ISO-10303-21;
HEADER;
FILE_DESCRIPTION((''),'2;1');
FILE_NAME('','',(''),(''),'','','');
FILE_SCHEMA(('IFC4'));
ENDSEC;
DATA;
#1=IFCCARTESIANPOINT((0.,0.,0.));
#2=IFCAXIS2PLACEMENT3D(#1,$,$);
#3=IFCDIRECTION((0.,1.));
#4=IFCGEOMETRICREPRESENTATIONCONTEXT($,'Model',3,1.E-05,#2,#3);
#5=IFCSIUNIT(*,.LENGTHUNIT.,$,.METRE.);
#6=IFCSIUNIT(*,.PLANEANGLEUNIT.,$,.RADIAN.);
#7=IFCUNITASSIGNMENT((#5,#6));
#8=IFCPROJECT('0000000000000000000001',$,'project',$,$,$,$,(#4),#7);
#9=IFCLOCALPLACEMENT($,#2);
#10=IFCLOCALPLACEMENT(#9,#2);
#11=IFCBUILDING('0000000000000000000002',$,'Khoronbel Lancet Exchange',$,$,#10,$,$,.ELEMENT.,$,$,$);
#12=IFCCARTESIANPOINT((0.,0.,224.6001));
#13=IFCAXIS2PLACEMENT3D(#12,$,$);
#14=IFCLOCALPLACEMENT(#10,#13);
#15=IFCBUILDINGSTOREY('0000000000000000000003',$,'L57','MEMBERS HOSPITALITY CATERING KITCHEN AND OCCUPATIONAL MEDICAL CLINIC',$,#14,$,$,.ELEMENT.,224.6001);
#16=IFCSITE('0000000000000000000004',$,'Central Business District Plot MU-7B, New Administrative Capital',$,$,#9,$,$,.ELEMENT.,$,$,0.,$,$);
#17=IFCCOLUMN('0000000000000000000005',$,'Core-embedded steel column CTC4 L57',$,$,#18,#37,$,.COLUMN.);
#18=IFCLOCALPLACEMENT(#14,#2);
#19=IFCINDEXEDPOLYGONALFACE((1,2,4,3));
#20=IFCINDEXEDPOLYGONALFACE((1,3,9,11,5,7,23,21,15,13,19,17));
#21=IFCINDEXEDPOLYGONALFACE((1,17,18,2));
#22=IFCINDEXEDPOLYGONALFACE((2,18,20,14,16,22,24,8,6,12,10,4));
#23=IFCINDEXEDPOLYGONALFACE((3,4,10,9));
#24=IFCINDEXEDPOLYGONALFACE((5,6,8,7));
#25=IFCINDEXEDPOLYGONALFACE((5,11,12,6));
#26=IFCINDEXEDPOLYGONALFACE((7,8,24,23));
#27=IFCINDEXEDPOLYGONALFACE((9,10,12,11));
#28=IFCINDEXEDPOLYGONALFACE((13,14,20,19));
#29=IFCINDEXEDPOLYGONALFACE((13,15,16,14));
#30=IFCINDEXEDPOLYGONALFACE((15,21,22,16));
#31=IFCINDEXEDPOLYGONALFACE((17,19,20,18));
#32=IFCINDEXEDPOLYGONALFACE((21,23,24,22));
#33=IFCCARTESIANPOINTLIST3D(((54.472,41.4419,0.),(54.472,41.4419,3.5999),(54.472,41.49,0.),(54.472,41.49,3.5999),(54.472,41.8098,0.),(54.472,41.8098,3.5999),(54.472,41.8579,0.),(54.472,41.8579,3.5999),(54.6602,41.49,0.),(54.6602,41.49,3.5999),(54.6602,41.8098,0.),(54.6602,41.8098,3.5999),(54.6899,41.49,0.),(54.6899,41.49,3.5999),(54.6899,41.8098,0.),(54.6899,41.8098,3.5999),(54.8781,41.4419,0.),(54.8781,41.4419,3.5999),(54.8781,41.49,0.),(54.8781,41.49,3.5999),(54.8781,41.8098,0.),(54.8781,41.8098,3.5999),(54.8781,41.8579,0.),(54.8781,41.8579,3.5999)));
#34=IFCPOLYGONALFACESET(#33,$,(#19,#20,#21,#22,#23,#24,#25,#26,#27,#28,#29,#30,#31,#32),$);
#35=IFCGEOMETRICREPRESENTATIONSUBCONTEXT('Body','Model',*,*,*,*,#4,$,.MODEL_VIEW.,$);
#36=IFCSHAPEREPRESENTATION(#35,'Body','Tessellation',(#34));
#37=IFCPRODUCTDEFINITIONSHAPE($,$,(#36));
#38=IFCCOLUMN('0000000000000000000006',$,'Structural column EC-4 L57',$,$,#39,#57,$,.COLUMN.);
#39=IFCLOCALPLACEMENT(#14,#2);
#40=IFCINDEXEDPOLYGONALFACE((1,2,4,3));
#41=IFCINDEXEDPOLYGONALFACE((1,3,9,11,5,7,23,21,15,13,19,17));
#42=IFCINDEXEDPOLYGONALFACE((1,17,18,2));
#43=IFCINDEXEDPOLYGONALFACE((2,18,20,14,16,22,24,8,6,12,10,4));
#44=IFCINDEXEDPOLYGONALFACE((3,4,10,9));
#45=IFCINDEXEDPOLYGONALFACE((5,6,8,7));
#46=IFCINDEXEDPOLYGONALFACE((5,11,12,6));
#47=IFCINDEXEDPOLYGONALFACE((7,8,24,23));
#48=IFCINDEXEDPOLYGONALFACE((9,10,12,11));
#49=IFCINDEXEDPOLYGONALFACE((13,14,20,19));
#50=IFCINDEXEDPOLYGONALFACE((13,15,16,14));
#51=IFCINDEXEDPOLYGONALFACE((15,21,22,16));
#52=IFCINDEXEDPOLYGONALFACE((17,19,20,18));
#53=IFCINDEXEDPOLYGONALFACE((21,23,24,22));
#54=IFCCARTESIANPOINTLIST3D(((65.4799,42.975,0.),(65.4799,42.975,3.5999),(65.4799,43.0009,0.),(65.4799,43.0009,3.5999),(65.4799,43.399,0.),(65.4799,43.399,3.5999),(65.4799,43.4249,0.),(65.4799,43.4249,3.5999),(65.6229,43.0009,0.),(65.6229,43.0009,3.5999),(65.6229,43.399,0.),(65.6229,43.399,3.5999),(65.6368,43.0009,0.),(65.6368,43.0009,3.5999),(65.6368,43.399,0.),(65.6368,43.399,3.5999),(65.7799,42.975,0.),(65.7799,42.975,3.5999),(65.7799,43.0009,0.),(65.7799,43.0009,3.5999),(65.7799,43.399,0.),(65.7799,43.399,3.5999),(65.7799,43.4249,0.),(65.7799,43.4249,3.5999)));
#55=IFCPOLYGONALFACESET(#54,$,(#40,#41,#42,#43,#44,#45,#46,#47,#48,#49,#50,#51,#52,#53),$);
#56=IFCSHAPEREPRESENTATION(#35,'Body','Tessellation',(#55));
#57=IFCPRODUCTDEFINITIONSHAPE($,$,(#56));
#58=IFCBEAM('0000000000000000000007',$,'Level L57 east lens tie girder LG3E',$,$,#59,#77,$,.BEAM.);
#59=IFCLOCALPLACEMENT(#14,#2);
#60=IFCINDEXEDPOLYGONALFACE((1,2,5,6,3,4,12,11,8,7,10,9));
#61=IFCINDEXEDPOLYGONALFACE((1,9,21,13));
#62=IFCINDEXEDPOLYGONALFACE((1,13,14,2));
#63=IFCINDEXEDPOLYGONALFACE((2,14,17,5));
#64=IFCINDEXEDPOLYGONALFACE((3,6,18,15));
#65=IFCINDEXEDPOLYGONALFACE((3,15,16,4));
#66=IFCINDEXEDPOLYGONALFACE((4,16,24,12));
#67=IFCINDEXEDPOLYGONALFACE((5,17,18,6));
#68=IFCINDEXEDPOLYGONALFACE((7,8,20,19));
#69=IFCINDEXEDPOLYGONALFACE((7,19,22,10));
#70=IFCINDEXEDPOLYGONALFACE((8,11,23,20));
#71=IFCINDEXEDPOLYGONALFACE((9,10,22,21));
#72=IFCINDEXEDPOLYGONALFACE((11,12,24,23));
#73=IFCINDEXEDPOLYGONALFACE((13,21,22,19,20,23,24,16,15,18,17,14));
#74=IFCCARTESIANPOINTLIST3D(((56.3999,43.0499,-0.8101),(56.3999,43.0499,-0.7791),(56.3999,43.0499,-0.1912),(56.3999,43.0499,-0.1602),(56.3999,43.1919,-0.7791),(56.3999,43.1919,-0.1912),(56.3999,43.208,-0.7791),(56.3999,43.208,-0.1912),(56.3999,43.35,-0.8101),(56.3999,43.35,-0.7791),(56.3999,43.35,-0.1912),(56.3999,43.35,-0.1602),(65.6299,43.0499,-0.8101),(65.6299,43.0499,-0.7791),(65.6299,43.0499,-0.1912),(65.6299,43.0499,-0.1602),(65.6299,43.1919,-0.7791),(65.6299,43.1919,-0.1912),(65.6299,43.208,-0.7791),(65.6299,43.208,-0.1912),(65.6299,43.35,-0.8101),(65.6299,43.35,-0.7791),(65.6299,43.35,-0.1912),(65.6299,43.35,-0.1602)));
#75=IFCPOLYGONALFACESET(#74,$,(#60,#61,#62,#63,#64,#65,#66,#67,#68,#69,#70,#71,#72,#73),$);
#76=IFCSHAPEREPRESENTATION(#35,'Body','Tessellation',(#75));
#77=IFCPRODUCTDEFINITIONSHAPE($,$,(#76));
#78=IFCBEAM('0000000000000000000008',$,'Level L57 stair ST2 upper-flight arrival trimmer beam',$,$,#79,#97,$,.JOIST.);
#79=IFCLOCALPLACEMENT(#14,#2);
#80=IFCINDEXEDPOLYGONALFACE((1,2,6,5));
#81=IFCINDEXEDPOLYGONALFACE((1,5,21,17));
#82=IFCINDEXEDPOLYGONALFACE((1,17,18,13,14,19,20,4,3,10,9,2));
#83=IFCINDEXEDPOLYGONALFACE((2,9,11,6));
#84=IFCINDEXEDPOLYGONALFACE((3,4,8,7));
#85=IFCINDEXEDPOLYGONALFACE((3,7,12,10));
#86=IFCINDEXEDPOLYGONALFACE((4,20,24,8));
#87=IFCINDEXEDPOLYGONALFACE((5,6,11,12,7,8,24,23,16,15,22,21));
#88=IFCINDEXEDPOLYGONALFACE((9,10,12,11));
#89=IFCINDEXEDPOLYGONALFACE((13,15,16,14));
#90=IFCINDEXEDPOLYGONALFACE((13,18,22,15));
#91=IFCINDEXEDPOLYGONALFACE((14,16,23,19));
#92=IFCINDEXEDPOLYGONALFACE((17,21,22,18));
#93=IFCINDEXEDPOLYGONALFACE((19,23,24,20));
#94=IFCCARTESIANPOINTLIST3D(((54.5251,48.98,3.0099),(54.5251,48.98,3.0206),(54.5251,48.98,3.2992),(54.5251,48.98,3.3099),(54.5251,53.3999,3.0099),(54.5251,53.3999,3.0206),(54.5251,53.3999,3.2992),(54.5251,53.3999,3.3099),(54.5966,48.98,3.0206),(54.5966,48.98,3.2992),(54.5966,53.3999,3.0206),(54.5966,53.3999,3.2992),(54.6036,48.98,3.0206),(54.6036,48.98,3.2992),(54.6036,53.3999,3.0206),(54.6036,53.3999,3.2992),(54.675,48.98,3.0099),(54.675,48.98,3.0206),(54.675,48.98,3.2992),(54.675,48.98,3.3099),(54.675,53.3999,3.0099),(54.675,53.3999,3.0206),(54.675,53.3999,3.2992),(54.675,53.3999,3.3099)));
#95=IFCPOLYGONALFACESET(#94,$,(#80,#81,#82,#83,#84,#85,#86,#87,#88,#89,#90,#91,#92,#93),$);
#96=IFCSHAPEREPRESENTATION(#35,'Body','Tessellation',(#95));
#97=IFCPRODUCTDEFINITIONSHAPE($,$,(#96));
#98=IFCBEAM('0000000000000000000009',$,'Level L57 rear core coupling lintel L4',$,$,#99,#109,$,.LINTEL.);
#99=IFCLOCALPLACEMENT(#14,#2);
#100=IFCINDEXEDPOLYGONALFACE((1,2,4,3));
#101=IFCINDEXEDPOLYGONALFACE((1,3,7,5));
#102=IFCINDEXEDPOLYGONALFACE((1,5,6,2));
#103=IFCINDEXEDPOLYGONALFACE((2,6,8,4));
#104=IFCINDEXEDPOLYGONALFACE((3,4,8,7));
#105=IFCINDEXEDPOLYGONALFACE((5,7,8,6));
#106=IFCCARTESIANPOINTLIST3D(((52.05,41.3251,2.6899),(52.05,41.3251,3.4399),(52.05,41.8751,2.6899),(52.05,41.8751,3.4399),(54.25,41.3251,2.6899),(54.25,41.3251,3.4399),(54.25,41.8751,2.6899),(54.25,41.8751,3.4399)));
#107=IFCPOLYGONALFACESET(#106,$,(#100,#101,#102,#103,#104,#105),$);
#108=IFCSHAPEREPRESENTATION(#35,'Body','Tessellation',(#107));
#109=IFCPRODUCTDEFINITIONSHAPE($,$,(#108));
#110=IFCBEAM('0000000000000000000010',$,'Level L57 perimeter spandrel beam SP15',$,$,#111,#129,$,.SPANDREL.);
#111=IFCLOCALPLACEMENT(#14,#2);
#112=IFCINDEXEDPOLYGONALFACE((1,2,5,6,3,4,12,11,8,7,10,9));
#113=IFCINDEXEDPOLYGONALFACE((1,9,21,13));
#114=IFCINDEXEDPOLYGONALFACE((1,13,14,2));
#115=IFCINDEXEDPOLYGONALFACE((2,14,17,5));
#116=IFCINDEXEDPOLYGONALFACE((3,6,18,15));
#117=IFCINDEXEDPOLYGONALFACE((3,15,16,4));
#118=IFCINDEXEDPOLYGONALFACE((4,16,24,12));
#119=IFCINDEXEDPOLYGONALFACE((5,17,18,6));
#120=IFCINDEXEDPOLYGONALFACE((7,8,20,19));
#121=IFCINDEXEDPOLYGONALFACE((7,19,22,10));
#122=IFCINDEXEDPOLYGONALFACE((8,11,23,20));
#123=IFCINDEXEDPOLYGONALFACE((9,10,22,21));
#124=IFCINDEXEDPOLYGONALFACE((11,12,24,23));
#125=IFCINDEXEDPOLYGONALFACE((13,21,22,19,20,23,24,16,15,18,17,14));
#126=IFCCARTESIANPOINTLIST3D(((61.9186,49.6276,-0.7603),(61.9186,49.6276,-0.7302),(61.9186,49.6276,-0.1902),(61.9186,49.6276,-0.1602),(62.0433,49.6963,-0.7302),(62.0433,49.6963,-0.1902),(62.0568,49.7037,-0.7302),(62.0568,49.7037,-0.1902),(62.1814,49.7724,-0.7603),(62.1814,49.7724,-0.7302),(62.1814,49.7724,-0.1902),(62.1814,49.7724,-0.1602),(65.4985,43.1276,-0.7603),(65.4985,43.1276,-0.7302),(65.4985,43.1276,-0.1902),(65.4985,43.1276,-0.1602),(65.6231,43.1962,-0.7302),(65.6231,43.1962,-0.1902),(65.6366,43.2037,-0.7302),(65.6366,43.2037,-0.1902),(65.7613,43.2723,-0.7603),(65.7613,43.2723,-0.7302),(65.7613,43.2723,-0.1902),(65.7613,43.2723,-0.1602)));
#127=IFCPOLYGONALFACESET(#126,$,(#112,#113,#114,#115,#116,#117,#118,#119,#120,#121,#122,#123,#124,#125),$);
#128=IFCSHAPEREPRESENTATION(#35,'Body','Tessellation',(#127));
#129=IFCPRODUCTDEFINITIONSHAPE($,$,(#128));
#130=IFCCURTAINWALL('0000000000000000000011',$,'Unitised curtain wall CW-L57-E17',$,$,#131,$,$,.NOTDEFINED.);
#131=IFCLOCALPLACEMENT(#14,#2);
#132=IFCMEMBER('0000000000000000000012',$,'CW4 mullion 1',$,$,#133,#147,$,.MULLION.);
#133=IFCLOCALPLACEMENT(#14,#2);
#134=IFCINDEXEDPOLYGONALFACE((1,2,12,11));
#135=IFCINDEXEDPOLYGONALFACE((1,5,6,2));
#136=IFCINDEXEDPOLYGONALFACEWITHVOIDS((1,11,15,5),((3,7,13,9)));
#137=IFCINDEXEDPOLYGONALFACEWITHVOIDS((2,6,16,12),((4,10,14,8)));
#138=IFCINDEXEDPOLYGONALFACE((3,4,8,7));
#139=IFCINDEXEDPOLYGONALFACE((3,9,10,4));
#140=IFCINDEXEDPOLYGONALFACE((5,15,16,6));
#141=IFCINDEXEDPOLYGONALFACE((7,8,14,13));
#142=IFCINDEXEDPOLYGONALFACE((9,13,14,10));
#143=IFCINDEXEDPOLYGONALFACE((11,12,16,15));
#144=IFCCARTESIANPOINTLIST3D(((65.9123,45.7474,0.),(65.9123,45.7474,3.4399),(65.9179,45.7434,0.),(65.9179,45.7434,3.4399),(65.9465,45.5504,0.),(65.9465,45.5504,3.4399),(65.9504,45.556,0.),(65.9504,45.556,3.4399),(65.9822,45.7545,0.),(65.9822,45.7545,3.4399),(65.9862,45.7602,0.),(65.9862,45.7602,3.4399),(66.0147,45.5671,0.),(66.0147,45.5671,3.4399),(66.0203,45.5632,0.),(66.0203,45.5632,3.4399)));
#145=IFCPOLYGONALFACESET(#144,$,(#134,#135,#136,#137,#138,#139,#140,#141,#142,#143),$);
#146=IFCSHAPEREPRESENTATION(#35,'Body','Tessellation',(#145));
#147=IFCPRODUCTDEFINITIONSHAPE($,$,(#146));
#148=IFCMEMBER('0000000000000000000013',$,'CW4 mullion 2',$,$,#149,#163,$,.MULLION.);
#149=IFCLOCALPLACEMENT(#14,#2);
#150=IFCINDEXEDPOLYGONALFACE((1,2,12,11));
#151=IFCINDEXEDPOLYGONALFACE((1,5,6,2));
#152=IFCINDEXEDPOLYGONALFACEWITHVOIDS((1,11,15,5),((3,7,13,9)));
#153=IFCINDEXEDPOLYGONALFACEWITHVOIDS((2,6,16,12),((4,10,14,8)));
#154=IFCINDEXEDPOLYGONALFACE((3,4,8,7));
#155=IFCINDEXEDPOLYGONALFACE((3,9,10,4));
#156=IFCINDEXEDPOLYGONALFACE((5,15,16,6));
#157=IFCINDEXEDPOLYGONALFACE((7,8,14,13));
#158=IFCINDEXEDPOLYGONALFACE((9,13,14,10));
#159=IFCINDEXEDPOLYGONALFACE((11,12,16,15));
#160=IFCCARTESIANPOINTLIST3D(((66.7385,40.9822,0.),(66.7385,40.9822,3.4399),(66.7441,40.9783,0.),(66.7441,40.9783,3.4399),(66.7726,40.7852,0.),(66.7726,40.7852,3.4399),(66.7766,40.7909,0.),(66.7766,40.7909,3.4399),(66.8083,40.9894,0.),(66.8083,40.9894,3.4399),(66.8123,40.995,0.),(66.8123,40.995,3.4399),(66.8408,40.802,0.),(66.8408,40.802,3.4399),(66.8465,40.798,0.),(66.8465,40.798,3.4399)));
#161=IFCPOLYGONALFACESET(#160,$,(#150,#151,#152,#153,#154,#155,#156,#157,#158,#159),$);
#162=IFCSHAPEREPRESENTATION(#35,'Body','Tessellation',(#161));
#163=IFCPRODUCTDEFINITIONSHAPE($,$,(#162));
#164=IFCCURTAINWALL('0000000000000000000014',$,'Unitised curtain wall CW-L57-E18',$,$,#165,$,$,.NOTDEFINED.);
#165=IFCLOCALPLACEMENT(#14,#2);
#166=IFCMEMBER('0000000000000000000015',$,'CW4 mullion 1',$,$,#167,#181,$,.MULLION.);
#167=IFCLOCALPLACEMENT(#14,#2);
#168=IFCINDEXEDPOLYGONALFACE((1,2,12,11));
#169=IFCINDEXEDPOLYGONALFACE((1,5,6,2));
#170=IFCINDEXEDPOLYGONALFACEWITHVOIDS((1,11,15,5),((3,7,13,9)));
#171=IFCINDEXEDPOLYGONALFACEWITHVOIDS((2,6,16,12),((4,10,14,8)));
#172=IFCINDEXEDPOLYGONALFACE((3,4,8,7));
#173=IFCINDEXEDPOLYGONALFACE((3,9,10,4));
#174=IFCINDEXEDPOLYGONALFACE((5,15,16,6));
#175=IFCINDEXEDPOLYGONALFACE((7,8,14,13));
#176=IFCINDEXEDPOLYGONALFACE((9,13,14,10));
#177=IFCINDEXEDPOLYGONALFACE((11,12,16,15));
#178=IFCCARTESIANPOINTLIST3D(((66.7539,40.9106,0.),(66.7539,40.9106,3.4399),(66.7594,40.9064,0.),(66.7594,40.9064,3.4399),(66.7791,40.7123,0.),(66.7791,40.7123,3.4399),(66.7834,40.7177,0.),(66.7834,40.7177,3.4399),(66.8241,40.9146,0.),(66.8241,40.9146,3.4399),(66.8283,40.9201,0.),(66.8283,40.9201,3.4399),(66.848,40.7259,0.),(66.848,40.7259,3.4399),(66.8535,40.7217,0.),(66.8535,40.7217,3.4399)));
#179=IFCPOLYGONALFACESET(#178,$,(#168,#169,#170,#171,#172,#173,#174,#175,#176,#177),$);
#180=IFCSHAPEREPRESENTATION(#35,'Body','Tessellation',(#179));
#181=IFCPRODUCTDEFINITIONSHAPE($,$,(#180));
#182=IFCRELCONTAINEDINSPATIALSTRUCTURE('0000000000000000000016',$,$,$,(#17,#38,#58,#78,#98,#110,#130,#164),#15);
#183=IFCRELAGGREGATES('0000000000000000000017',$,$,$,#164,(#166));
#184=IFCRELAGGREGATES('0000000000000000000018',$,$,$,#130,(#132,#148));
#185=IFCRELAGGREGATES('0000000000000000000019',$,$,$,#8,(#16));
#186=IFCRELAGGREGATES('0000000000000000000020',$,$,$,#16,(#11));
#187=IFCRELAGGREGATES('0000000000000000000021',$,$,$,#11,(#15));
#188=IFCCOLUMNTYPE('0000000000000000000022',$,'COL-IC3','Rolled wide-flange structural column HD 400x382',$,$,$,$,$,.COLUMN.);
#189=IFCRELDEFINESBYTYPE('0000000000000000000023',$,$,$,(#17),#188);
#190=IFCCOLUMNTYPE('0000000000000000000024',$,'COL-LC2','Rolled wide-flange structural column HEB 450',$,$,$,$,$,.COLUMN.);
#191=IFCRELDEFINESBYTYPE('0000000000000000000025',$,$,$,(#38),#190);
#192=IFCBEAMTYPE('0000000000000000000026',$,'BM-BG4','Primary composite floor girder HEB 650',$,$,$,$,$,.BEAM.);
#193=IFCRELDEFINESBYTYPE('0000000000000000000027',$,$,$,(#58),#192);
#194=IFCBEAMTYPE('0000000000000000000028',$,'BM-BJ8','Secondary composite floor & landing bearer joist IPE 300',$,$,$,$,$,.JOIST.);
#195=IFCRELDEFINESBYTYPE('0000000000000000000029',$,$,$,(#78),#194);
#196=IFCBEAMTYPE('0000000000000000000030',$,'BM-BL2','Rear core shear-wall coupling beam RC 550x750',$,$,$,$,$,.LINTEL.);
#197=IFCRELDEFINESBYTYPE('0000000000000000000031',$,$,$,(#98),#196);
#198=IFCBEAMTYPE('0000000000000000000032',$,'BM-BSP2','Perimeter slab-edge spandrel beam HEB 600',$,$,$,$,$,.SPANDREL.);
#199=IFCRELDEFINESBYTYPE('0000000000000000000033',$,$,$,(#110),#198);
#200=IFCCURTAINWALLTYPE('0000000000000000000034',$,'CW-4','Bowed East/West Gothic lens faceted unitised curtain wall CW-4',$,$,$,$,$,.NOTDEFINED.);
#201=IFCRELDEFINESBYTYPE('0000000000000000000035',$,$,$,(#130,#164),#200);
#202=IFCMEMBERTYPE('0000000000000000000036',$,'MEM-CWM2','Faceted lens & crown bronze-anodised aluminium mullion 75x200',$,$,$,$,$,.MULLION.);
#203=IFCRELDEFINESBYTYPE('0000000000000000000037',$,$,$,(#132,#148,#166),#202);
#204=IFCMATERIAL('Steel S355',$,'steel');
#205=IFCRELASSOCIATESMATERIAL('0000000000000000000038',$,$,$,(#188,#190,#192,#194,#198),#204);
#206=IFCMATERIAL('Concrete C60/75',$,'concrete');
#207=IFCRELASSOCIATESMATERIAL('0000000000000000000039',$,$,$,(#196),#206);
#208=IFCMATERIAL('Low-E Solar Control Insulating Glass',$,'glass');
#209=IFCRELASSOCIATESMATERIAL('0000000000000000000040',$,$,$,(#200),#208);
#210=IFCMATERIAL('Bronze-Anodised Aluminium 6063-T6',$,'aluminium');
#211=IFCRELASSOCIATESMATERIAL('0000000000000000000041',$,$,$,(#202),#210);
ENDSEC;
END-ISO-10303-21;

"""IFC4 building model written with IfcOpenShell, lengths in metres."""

from ifc_helpers import new_model, si_unit, direction, frame, origin, origin_2d, place, context, subcontext, project, spatial, rectangle, hollow_rectangle, i_section, extrude, material, material_profile, profile_set, type_object, element, aggregate, save


model = new_model("IFC4")

# Units and contexts
model_context = context("Model", 3, precision=1e-05, world=origin(), true_north=direction((0.0, 1.0)))
body_context = subcontext(model_context, "Body", "Model", "MODEL_VIEW")
ifc_project = project(units=[si_unit("LENGTHUNIT", "METRE"), si_unit("PLANEANGLEUNIT", "RADIAN")], contexts=[model_context])

# Site, building, storey
site_placement = place(None, origin())
site = spatial("IfcSite", under=ifc_project, at=site_placement, Name="Central Business District Plot MU-7B, New Administrative Capital", CompositionType="ELEMENT", RefElevation=0.0)
building_placement = place(site_placement, origin())
building = spatial("IfcBuilding", under=site, at=building_placement, Name="Khoronbel Lancet Exchange", CompositionType="ELEMENT")
storey_placement = place(building_placement, frame((0.0, 0.0, 224.6001)))
storey = spatial("IfcBuildingStorey", under=building, at=storey_placement, Name="L57", Description="MEMBERS HOSPITALITY CATERING KITCHEN AND OCCUPATIONAL MEDICAL CLINIC", CompositionType="ELEMENT", Elevation=224.6001)

# Columns
ifc_material_1 = material(Name="Steel S355", Category="steel")
ifc_material_profile_1 = material_profile(ifc_material_1, i_section(OverallWidth=0.406, OverallDepth=0.416, WebThickness=0.0298, FlangeThickness=0.0481, at=origin_2d()), Name="HD 400x382")
ifc_profile_set_1 = profile_set([ifc_material_profile_1], Name="Steel S355")
column_type_1 = type_object("IfcColumnType", Name="COL-IC3", Description="Rolled wide-flange structural column HD 400x382", PredefinedType="COLUMN", material=ifc_profile_set_1)
column_1_placement = place(storey_placement, frame((54.675, 41.6499, 0.0), z_axis=(0.0, 0.0, 1.0), x_axis=(1.0, 0.0, 0.0)))
element("IfcColumn", 1, at=column_1_placement, inside=storey, type_object=column_type_1, Name="Core-embedded steel column CTC4 L57", PredefinedType="COLUMN", context=body_context, shape_type="SweptSolid", body=[
    extrude(i_section(OverallWidth=0.406, OverallDepth=0.416, WebThickness=0.0298, FlangeThickness=0.0481, at=origin_2d()), origin(), (0.0, 0.0, 1.0), 3.5999),
])
ifc_material_profile_2 = material_profile(ifc_material_1, i_section(OverallWidth=0.3, OverallDepth=0.45, WebThickness=0.0139, FlangeThickness=0.0259, at=origin_2d()), Name="HEB 450")
ifc_profile_set_2 = profile_set([ifc_material_profile_2], Name="Steel S355")
column_type_2 = type_object("IfcColumnType", Name="COL-LC2", Description="Rolled wide-flange structural column HEB 450", PredefinedType="COLUMN", material=ifc_profile_set_2)
column_2_placement = place(storey_placement, frame((65.6299, 43.2, 0.0), z_axis=(0.0, 0.0, 1.0), x_axis=(1.0, 0.0, 0.0)))
element("IfcColumn", 2, at=column_2_placement, inside=storey, type_object=column_type_2, Name="Structural column EC-4 L57", PredefinedType="COLUMN", context=body_context, shape_type="SweptSolid", body=[
    extrude(i_section(OverallWidth=0.3, OverallDepth=0.45, WebThickness=0.0139, FlangeThickness=0.0259, at=origin_2d()), origin(), (0.0, 0.0, 1.0), 3.5999),
])

# Beams
ifc_material_profile_3 = material_profile(ifc_material_1, i_section(OverallWidth=0.3, OverallDepth=0.6499, WebThickness=0.0161, FlangeThickness=0.031, at=origin_2d()), Name="HEB 650")
ifc_profile_set_3 = profile_set([ifc_material_profile_3], Name="Steel S355")
beam_type_1 = type_object("IfcBeamType", Name="BM-BG4", Description="Primary composite floor girder HEB 650", PredefinedType="BEAM", material=ifc_profile_set_3)
beam_1_placement = place(storey_placement, frame((56.3999, 43.2, -0.4851), z_axis=(1.0, 0.0, 0.0), x_axis=(0.0, 1.0, 0.0)))
element("IfcBeam", 3, at=beam_1_placement, inside=storey, type_object=beam_type_1, Name="Level L57 east lens tie girder LG3E", PredefinedType="BEAM", context=body_context, shape_type="SweptSolid", body=[
    extrude(i_section(OverallWidth=0.3, OverallDepth=0.6499, WebThickness=0.0161, FlangeThickness=0.031, at=origin_2d()), origin(), (0.0, 0.0, 1.0), 9.23),
])
ifc_material_profile_4 = material_profile(ifc_material_1, i_section(OverallWidth=0.1499, OverallDepth=0.3, WebThickness=0.0071, FlangeThickness=0.0107, at=origin_2d()), Name="IPE 300")
ifc_profile_set_4 = profile_set([ifc_material_profile_4], Name="Steel S355")
beam_type_2 = type_object("IfcBeamType", Name="BM-BJ8", Description="Secondary composite floor & landing bearer joist IPE 300", PredefinedType="JOIST", material=ifc_profile_set_4)
beam_2_placement = place(storey_placement, frame((54.6001, 48.98, 3.1599), z_axis=(0.0, 1.0, 0.0), x_axis=(-1.0, 0.0, 0.0)))
element("IfcBeam", 4, at=beam_2_placement, inside=storey, type_object=beam_type_2, Name="Level L57 stair ST2 upper-flight arrival trimmer beam", PredefinedType="JOIST", context=body_context, shape_type="SweptSolid", body=[
    extrude(i_section(OverallWidth=0.1499, OverallDepth=0.3, WebThickness=0.0071, FlangeThickness=0.0107, at=origin_2d()), origin(), (0.0, 0.0, 1.0), 4.4199),
])
ifc_material_2 = material(Name="Concrete C60/75", Category="concrete")
ifc_material_profile_5 = material_profile(ifc_material_2, rectangle(XDim=0.55, YDim=0.75, at=origin_2d()), Name="RC 550x750")
ifc_profile_set_5 = profile_set([ifc_material_profile_5], Name="Concrete C60/75")
beam_type_3 = type_object("IfcBeamType", Name="BM-BL2", Description="Rear core shear-wall coupling beam RC 550x750", PredefinedType="LINTEL", material=ifc_profile_set_5)
beam_3_placement = place(storey_placement, frame((52.05, 41.6001, 3.0649), z_axis=(1.0, 0.0, 0.0), x_axis=(0.0, 1.0, 0.0)))
element("IfcBeam", 5, at=beam_3_placement, inside=storey, type_object=beam_type_3, Name="Level L57 rear core coupling lintel L4", PredefinedType="LINTEL", context=body_context, shape_type="SweptSolid", body=[
    extrude(rectangle(XDim=0.55, YDim=0.75, at=origin_2d()), origin(), (0.0, 0.0, 1.0), 2.2),
])
ifc_material_profile_6 = material_profile(ifc_material_1, i_section(OverallWidth=0.3, OverallDepth=0.6001, WebThickness=0.0154, FlangeThickness=0.03, at=origin_2d()), Name="HEB 600")
ifc_profile_set_6 = profile_set([ifc_material_profile_6], Name="Steel S355")
beam_type_4 = type_object("IfcBeamType", Name="BM-BSP2", Description="Perimeter slab-edge spandrel beam HEB 600", PredefinedType="SPANDREL", material=ifc_profile_set_6)
beam_4_placement = place(storey_placement, frame((65.6299, 43.2, -0.4602), z_axis=(-0.482419, 0.875941, 0.0), x_axis=(-0.875941, -0.482419, 0.0)))
element("IfcBeam", 6, at=beam_4_placement, inside=storey, type_object=beam_type_4, Name="Level L57 perimeter spandrel beam SP15", PredefinedType="SPANDREL", context=body_context, shape_type="SweptSolid", body=[
    extrude(i_section(OverallWidth=0.3, OverallDepth=0.6001, WebThickness=0.0154, FlangeThickness=0.03, at=origin_2d()), origin(), (0.0, 0.0, 1.0), 7.4207),
])

# Curtain walls, members
ifc_material_3 = material(Name="Low-E Solar Control Insulating Glass", Category="glass")
curtain_wall_type = type_object("IfcCurtainWallType", Name="CW-4", Description="Bowed East/West Gothic lens faceted unitised curtain wall CW-4", PredefinedType="NOTDEFINED", material=ifc_material_3)
curtain_wall_1_placement = place(storey_placement, origin())
curtain_wall_1 = element("IfcCurtainWall", 7, at=curtain_wall_1_placement, inside=storey, type_object=curtain_wall_type, Name="Unitised curtain wall CW-L57-E17", PredefinedType="NOTDEFINED")
ifc_material_4 = material(Name="Bronze-Anodised Aluminium 6063-T6", Category="aluminium")
ifc_material_profile_7 = material_profile(ifc_material_4, hollow_rectangle(XDim=0.075, YDim=0.2, WallThickness=0.0049, at=origin_2d()), Name="ALU MULLION 75x200")
ifc_profile_set_7 = profile_set([ifc_material_profile_7], Name="Bronze-Anodised Aluminium 6063-T6")
member_type_1 = type_object("IfcMemberType", Name="MEM-CWM2", Description="Faceted lens & crown bronze-anodised aluminium mullion 75x200", PredefinedType="MULLION", material=ifc_profile_set_7)
member_1_placement = place(storey_placement, frame((65.9663, 45.6553, 0.0), z_axis=(0.0, 0.0, 1.0), x_axis=(0.9853, 0.170834, 0.0)))
member_1 = element("IfcMember", 8, at=member_1_placement, type_object=member_type_1, Name="CW4 mullion 1", PredefinedType="MULLION", context=body_context, shape_type="SweptSolid", body=[
    extrude(hollow_rectangle(XDim=0.075, YDim=0.2, WallThickness=0.0049, at=origin_2d()), origin(), (0.0, 0.0, 1.0), 3.4399),
])
member_2_placement = place(storey_placement, frame((66.7925, 40.8901, 0.0), z_axis=(0.0, 0.0, 1.0), x_axis=(0.9853, 0.170834, 0.0)))
member_2 = element("IfcMember", 9, at=member_2_placement, type_object=member_type_1, Name="CW4 mullion 2", PredefinedType="MULLION", context=body_context, shape_type="SweptSolid", body=[
    extrude(hollow_rectangle(XDim=0.075, YDim=0.2, WallThickness=0.0049, at=origin_2d()), origin(), (0.0, 0.0, 1.0), 3.4399),
])
curtain_wall_2_placement = place(storey_placement, origin())
curtain_wall_2 = element("IfcCurtainWall", 10, at=curtain_wall_2_placement, inside=storey, type_object=curtain_wall_type, Name="Unitised curtain wall CW-L57-E18", PredefinedType="NOTDEFINED")
member_3_placement = place(storey_placement, frame((66.8037, 40.8162, 0.0), z_axis=(0.0, 0.0, 1.0), x_axis=(0.99204, 0.125921, 0.0)))
member_3 = element("IfcMember", 11, at=member_3_placement, type_object=member_type_1, Name="CW4 mullion 1", PredefinedType="MULLION", context=body_context, shape_type="SweptSolid", body=[
    extrude(hollow_rectangle(XDim=0.075, YDim=0.2, WallThickness=0.0049, at=origin_2d()), origin(), (0.0, 0.0, 1.0), 3.4399),
])

aggregate(curtain_wall_2, [member_3])
aggregate(curtain_wall_1, [member_1, member_2])

save(model, "model.ifc")
